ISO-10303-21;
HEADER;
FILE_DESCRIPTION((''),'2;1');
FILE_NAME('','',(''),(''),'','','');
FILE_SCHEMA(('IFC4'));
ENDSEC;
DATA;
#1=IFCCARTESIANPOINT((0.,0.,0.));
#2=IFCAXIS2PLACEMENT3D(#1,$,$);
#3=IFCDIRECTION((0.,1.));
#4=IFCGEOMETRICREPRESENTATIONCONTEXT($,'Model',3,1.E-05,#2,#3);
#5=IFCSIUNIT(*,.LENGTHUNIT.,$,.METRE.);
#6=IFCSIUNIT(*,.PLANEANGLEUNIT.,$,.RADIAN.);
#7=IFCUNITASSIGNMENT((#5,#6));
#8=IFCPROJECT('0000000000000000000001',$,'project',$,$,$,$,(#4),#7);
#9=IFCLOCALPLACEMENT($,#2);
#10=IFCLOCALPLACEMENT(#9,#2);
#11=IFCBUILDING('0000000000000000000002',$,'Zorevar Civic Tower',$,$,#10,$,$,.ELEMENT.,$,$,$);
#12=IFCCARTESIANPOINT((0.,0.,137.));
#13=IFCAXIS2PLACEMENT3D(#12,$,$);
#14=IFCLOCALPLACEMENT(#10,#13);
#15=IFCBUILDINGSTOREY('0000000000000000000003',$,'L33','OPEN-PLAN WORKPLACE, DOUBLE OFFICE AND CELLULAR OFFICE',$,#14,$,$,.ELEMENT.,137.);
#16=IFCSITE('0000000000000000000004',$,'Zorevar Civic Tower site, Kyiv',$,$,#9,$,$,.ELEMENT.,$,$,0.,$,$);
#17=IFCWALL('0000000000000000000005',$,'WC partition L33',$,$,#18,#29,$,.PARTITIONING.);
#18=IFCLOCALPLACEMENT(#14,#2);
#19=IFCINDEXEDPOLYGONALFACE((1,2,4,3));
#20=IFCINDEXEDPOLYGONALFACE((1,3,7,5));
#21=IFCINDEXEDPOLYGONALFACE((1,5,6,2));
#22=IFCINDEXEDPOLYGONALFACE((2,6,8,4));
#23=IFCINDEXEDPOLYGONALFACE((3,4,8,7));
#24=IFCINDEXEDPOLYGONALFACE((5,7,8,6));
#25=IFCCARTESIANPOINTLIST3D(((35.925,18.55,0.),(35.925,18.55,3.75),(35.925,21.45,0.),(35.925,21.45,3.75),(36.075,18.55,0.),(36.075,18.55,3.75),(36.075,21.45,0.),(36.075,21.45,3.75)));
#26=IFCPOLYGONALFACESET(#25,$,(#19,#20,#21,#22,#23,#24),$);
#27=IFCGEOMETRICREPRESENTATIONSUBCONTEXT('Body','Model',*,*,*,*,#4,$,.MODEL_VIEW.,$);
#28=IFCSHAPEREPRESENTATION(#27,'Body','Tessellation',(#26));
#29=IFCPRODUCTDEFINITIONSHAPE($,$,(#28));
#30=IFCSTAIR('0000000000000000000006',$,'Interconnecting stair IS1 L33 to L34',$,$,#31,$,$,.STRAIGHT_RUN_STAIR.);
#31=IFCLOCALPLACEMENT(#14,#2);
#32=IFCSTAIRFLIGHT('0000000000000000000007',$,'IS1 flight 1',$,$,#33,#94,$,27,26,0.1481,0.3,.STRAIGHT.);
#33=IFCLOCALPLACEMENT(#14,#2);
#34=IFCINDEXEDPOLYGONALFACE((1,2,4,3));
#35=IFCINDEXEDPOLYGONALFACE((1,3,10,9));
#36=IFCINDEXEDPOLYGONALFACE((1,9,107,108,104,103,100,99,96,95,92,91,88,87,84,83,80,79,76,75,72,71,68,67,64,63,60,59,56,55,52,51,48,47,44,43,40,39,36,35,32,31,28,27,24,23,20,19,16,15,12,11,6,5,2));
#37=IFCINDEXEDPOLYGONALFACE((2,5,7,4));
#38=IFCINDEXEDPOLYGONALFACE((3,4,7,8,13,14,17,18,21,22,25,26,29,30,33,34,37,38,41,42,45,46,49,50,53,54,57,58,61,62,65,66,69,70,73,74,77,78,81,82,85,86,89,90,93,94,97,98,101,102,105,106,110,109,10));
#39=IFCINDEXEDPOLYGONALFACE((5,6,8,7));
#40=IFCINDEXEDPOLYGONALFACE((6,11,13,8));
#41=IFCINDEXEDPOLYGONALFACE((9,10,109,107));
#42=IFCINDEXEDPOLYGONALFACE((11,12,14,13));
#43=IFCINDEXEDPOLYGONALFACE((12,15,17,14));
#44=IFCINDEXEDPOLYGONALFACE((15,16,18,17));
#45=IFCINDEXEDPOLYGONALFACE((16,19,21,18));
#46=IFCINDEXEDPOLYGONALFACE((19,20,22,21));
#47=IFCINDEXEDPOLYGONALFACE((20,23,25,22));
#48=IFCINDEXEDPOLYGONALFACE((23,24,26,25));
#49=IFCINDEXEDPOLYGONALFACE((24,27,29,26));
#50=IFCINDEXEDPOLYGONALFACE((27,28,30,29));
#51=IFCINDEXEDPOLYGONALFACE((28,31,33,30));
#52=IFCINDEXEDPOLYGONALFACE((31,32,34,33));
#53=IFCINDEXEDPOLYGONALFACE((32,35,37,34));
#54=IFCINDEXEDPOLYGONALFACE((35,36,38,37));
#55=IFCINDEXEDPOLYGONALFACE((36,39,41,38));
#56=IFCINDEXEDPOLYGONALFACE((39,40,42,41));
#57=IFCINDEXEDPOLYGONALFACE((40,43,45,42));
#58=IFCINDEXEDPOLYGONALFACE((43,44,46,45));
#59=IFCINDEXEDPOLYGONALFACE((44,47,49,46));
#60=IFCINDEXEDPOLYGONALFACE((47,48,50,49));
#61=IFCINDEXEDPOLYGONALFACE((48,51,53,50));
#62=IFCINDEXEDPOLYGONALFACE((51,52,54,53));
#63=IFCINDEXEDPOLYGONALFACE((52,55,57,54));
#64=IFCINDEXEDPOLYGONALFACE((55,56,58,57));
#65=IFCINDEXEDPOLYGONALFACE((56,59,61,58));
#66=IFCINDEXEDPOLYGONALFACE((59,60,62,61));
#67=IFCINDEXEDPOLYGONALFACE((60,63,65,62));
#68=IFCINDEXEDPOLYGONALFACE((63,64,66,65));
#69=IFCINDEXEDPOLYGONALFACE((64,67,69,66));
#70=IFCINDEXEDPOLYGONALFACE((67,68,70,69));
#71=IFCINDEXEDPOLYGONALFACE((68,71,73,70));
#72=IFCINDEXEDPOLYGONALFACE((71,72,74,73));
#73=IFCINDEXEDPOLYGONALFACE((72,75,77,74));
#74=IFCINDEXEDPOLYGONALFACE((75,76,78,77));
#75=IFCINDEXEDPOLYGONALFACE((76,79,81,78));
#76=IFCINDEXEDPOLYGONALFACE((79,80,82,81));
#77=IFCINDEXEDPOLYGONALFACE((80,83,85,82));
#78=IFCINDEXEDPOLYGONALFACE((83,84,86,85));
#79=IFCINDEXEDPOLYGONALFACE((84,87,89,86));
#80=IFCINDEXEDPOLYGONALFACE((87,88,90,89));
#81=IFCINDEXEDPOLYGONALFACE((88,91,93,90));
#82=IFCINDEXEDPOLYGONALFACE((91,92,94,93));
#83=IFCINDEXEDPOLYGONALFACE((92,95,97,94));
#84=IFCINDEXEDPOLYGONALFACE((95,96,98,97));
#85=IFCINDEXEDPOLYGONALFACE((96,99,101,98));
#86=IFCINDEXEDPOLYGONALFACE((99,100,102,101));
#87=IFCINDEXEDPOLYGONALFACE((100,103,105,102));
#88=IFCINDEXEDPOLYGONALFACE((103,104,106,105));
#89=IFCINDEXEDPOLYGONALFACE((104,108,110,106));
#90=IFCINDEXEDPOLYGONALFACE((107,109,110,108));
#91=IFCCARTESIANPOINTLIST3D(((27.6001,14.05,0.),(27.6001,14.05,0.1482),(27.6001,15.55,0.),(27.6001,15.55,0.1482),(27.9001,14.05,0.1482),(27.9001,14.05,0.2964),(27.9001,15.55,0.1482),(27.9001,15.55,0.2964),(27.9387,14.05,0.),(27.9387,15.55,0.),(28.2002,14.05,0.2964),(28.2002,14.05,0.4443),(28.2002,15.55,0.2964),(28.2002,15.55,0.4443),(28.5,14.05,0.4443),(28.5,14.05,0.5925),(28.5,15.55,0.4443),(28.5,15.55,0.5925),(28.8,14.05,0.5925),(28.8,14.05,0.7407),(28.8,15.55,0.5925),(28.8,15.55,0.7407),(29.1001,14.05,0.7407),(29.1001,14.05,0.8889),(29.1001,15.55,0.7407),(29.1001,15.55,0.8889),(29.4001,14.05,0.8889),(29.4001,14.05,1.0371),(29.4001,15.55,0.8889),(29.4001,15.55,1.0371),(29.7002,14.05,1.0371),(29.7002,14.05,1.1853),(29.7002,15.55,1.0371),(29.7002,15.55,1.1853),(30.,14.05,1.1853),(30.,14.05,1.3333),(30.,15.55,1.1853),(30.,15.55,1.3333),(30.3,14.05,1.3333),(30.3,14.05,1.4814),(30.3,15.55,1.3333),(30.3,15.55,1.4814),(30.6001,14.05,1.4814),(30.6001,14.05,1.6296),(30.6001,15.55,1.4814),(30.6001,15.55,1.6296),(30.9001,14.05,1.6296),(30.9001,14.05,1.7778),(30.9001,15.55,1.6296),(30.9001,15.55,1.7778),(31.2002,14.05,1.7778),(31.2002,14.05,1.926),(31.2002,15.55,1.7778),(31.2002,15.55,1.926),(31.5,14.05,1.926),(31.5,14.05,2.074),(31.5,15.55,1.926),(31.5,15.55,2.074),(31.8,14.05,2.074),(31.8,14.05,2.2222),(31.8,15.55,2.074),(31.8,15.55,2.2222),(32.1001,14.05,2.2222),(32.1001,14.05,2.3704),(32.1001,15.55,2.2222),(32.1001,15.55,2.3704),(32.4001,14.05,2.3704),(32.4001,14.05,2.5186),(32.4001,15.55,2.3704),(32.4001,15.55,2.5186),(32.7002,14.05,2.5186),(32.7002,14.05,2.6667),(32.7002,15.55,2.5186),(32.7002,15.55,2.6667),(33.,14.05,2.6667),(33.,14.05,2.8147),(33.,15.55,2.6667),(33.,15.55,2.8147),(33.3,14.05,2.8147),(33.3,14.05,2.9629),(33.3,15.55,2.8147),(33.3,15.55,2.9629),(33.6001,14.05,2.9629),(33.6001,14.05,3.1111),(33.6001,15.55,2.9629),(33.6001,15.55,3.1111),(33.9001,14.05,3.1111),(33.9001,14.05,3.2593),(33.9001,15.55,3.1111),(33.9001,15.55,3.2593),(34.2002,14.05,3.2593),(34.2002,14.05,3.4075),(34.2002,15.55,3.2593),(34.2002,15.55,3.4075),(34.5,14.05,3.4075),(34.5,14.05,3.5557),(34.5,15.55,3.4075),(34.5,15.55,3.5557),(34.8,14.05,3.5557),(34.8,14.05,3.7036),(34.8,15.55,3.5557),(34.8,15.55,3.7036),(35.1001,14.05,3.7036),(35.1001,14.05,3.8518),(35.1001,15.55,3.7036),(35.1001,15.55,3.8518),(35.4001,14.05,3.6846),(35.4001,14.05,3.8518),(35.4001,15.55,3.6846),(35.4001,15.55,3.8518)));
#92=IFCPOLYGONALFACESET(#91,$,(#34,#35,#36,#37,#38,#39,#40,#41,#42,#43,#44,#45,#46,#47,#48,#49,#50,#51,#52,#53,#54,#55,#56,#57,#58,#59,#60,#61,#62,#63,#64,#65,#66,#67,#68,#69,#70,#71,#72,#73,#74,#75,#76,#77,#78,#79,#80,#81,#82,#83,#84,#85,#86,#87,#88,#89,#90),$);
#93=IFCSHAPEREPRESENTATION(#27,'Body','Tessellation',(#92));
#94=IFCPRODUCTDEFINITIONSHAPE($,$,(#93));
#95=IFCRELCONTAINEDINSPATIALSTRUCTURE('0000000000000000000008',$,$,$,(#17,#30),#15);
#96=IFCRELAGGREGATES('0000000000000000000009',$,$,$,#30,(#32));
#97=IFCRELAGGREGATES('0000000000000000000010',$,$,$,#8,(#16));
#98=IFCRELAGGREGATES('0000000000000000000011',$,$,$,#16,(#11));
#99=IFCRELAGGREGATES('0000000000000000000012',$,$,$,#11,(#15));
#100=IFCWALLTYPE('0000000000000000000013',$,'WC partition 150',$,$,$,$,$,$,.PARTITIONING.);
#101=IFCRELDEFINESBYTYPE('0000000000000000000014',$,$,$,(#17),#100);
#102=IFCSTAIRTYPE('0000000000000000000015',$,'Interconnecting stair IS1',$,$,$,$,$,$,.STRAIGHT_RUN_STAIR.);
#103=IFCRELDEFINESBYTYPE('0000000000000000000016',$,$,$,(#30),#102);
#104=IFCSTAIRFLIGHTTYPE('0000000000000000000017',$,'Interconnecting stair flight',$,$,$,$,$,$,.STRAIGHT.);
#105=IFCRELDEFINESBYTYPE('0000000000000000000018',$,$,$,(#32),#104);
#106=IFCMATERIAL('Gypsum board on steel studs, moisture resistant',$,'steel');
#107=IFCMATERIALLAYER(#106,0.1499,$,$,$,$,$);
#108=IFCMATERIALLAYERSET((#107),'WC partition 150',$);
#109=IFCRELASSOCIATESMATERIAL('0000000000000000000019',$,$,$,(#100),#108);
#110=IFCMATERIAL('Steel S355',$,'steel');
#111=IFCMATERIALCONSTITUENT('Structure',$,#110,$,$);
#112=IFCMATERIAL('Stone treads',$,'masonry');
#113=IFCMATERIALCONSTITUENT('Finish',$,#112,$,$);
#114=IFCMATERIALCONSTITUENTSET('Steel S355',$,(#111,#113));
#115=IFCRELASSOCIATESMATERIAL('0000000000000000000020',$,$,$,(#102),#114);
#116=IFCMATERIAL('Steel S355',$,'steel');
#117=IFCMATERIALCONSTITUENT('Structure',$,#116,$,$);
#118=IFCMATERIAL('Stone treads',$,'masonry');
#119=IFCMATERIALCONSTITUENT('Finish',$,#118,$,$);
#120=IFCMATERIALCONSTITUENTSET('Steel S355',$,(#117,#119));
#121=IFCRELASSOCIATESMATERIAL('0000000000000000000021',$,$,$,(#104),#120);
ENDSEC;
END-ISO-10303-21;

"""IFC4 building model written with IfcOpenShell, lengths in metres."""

from ifc_helpers import new_model, si_unit, direction, frame, frame_2d, origin, place, context, subcontext, project, spatial, polyline, rectangle, outline, extrude, material, layer, layer_set, constituent, constituent_set, type_object, element, aggregate, save


model = new_model("IFC4")

# Units and contexts
model_context = context("Model", 3, precision=1e-05, world=origin(), true_north=direction((0.0, 1.0)))
body_context = subcontext(model_context, "Body", "Model", "MODEL_VIEW")
ifc_project = project(units=[si_unit("LENGTHUNIT", "METRE"), si_unit("PLANEANGLEUNIT", "RADIAN")], contexts=[model_context])

# Site, building, storey
site_placement = place(None, origin())
site = spatial("IfcSite", under=ifc_project, at=site_placement, Name="Zorevar Civic Tower site, Kyiv", CompositionType="ELEMENT", RefElevation=0.0)
building_placement = place(site_placement, origin())
building = spatial("IfcBuilding", under=site, at=building_placement, Name="Zorevar Civic Tower", CompositionType="ELEMENT")
storey_placement = place(building_placement, frame((0.0, 0.0, 137.0)))
storey = spatial("IfcBuildingStorey", under=building, at=storey_placement, Name="L33", Description="OPEN-PLAN WORKPLACE, DOUBLE OFFICE AND CELLULAR OFFICE", CompositionType="ELEMENT", Elevation=137.0)

# Wall
ifc_material_1 = material(Name="Gypsum board on steel studs, moisture resistant", Category="steel")
ifc_layer_1 = layer(ifc_material_1, 0.1499)
ifc_layer_set_1 = layer_set([ifc_layer_1], Name="WC partition 150")
wall_type_1 = type_object("IfcWallType", Name="WC partition 150", PredefinedType="PARTITIONING", material=ifc_layer_set_1)
for number, where, z_axis, x_axis, name in (
    (1, (36.0, 18.55, 0.0), (0.0, 0.0, 1.0), (0.0, 1.0, 0.0), "WC partition L33"),
):
    element("IfcWall", number, at=place(storey_placement, frame(where, z_axis=z_axis, x_axis=x_axis)), inside=storey, type_object=wall_type_1, Name=name, PredefinedType="PARTITIONING", context=body_context, shape_type="SweptSolid", body=[
        extrude(rectangle(XDim=2.8999, YDim=0.1499, at=frame_2d((1.45, 0.0))), origin(), (0.0, 0.0, 1.0), 3.75),
    ])

# Stair, stair flight
ifc_material_2 = material(Name="Steel S355", Category="steel")
ifc_constituent_1 = constituent(ifc_material_2, Name="Structure")
ifc_material_3 = material(Name="Stone treads", Category="masonry")
ifc_constituent_2 = constituent(ifc_material_3, Name="Finish")
ifc_constituent_set_1 = constituent_set(constituents=[ifc_constituent_1, ifc_constituent_2], Name="Steel S355")
stair_type = type_object("IfcStairType", Name="Interconnecting stair IS1", PredefinedType="STRAIGHT_RUN_STAIR", material=ifc_constituent_set_1)
stair_placement = place(storey_placement, origin())
stair = element("IfcStair", 2, at=stair_placement, inside=storey, type_object=stair_type, Name="Interconnecting stair IS1 L33 to L34", PredefinedType="STRAIGHT_RUN_STAIR")
ifc_material_4 = material(Name="Steel S355", Category="steel")
ifc_constituent_3 = constituent(ifc_material_4, Name="Structure")
ifc_material_5 = material(Name="Stone treads", Category="masonry")
ifc_constituent_4 = constituent(ifc_material_5, Name="Finish")
ifc_constituent_set_2 = constituent_set(constituents=[ifc_constituent_3, ifc_constituent_4], Name="Steel S355")
stair_flight_type = type_object("IfcStairFlightType", Name="Interconnecting stair flight", PredefinedType="STRAIGHT", material=ifc_constituent_set_2)
stair_flight_placement = place(storey_placement, frame((27.6001, 14.8, 0.0), z_axis=(0.0, 0.0, 1.0), x_axis=(1.0, 0.0, 0.0)))
stair_flight = element("IfcStairFlight", 3, at=stair_flight_placement, type_object=stair_flight_type, Name="IS1 flight 1", NumberOfRisers=27, NumberOfTreads=26, PredefinedType="STRAIGHT", RiserHeight=0.1481, TreadLength=0.3, context=body_context, shape_type="SweptSolid", body=[
    extrude(outline(polyline([(0.0, 0.0), (0.0, 0.1482), (0.3, 0.1482), (0.3, 0.2964), (0.6001, 0.2964), (0.6001, 0.4443), (0.8999, 0.4443), (0.8999, 0.5925), (1.2, 0.5925), (1.2, 0.7407), (1.5, 0.7407), (1.5, 0.8889), (1.8, 0.8889), (1.8, 1.0371), (2.1001, 1.0371), (2.1001, 1.1853), (2.3999, 1.1853), (2.3999, 1.3333), (2.7, 1.3333), (2.7, 1.4814), (3.0, 1.4814), (3.0, 1.6296), (3.3, 1.6296), (3.3, 1.7778), (3.6001, 1.7778), (3.6001, 1.926), (3.8999, 1.926), (3.8999, 2.074), (4.2, 2.074), (4.2, 2.2222), (4.5, 2.2222), (4.5, 2.3704), (4.8, 2.3704), (4.8, 2.5186), (5.1001, 2.5186), (5.1001, 2.6667), (5.3999, 2.6667), (5.3999, 2.8147), (5.7, 2.8147), (5.7, 2.9629), (6.0, 2.9629), (6.0, 3.1111), (6.3, 3.1111), (6.3, 3.2593), (6.6001, 3.2593), (6.6001, 3.4075), (6.8999, 3.4075), (6.8999, 3.5557), (7.2, 3.5557), (7.2, 3.7036), (7.5, 3.7036), (7.5, 3.8518), (7.8, 3.8518), (7.8, 4.0), (7.8, 3.6846), (0.3386, 0.0), (0.0, 0.0)])), frame((0.0, 0.75, 0.0), z_axis=(0.0, -1.0, 0.0), x_axis=(1.0, 0.0, 0.0)), (0.0, 0.0, 1.0), 1.5),
])
aggregate(stair, [stair_flight])

save(model, "model.ifc")
